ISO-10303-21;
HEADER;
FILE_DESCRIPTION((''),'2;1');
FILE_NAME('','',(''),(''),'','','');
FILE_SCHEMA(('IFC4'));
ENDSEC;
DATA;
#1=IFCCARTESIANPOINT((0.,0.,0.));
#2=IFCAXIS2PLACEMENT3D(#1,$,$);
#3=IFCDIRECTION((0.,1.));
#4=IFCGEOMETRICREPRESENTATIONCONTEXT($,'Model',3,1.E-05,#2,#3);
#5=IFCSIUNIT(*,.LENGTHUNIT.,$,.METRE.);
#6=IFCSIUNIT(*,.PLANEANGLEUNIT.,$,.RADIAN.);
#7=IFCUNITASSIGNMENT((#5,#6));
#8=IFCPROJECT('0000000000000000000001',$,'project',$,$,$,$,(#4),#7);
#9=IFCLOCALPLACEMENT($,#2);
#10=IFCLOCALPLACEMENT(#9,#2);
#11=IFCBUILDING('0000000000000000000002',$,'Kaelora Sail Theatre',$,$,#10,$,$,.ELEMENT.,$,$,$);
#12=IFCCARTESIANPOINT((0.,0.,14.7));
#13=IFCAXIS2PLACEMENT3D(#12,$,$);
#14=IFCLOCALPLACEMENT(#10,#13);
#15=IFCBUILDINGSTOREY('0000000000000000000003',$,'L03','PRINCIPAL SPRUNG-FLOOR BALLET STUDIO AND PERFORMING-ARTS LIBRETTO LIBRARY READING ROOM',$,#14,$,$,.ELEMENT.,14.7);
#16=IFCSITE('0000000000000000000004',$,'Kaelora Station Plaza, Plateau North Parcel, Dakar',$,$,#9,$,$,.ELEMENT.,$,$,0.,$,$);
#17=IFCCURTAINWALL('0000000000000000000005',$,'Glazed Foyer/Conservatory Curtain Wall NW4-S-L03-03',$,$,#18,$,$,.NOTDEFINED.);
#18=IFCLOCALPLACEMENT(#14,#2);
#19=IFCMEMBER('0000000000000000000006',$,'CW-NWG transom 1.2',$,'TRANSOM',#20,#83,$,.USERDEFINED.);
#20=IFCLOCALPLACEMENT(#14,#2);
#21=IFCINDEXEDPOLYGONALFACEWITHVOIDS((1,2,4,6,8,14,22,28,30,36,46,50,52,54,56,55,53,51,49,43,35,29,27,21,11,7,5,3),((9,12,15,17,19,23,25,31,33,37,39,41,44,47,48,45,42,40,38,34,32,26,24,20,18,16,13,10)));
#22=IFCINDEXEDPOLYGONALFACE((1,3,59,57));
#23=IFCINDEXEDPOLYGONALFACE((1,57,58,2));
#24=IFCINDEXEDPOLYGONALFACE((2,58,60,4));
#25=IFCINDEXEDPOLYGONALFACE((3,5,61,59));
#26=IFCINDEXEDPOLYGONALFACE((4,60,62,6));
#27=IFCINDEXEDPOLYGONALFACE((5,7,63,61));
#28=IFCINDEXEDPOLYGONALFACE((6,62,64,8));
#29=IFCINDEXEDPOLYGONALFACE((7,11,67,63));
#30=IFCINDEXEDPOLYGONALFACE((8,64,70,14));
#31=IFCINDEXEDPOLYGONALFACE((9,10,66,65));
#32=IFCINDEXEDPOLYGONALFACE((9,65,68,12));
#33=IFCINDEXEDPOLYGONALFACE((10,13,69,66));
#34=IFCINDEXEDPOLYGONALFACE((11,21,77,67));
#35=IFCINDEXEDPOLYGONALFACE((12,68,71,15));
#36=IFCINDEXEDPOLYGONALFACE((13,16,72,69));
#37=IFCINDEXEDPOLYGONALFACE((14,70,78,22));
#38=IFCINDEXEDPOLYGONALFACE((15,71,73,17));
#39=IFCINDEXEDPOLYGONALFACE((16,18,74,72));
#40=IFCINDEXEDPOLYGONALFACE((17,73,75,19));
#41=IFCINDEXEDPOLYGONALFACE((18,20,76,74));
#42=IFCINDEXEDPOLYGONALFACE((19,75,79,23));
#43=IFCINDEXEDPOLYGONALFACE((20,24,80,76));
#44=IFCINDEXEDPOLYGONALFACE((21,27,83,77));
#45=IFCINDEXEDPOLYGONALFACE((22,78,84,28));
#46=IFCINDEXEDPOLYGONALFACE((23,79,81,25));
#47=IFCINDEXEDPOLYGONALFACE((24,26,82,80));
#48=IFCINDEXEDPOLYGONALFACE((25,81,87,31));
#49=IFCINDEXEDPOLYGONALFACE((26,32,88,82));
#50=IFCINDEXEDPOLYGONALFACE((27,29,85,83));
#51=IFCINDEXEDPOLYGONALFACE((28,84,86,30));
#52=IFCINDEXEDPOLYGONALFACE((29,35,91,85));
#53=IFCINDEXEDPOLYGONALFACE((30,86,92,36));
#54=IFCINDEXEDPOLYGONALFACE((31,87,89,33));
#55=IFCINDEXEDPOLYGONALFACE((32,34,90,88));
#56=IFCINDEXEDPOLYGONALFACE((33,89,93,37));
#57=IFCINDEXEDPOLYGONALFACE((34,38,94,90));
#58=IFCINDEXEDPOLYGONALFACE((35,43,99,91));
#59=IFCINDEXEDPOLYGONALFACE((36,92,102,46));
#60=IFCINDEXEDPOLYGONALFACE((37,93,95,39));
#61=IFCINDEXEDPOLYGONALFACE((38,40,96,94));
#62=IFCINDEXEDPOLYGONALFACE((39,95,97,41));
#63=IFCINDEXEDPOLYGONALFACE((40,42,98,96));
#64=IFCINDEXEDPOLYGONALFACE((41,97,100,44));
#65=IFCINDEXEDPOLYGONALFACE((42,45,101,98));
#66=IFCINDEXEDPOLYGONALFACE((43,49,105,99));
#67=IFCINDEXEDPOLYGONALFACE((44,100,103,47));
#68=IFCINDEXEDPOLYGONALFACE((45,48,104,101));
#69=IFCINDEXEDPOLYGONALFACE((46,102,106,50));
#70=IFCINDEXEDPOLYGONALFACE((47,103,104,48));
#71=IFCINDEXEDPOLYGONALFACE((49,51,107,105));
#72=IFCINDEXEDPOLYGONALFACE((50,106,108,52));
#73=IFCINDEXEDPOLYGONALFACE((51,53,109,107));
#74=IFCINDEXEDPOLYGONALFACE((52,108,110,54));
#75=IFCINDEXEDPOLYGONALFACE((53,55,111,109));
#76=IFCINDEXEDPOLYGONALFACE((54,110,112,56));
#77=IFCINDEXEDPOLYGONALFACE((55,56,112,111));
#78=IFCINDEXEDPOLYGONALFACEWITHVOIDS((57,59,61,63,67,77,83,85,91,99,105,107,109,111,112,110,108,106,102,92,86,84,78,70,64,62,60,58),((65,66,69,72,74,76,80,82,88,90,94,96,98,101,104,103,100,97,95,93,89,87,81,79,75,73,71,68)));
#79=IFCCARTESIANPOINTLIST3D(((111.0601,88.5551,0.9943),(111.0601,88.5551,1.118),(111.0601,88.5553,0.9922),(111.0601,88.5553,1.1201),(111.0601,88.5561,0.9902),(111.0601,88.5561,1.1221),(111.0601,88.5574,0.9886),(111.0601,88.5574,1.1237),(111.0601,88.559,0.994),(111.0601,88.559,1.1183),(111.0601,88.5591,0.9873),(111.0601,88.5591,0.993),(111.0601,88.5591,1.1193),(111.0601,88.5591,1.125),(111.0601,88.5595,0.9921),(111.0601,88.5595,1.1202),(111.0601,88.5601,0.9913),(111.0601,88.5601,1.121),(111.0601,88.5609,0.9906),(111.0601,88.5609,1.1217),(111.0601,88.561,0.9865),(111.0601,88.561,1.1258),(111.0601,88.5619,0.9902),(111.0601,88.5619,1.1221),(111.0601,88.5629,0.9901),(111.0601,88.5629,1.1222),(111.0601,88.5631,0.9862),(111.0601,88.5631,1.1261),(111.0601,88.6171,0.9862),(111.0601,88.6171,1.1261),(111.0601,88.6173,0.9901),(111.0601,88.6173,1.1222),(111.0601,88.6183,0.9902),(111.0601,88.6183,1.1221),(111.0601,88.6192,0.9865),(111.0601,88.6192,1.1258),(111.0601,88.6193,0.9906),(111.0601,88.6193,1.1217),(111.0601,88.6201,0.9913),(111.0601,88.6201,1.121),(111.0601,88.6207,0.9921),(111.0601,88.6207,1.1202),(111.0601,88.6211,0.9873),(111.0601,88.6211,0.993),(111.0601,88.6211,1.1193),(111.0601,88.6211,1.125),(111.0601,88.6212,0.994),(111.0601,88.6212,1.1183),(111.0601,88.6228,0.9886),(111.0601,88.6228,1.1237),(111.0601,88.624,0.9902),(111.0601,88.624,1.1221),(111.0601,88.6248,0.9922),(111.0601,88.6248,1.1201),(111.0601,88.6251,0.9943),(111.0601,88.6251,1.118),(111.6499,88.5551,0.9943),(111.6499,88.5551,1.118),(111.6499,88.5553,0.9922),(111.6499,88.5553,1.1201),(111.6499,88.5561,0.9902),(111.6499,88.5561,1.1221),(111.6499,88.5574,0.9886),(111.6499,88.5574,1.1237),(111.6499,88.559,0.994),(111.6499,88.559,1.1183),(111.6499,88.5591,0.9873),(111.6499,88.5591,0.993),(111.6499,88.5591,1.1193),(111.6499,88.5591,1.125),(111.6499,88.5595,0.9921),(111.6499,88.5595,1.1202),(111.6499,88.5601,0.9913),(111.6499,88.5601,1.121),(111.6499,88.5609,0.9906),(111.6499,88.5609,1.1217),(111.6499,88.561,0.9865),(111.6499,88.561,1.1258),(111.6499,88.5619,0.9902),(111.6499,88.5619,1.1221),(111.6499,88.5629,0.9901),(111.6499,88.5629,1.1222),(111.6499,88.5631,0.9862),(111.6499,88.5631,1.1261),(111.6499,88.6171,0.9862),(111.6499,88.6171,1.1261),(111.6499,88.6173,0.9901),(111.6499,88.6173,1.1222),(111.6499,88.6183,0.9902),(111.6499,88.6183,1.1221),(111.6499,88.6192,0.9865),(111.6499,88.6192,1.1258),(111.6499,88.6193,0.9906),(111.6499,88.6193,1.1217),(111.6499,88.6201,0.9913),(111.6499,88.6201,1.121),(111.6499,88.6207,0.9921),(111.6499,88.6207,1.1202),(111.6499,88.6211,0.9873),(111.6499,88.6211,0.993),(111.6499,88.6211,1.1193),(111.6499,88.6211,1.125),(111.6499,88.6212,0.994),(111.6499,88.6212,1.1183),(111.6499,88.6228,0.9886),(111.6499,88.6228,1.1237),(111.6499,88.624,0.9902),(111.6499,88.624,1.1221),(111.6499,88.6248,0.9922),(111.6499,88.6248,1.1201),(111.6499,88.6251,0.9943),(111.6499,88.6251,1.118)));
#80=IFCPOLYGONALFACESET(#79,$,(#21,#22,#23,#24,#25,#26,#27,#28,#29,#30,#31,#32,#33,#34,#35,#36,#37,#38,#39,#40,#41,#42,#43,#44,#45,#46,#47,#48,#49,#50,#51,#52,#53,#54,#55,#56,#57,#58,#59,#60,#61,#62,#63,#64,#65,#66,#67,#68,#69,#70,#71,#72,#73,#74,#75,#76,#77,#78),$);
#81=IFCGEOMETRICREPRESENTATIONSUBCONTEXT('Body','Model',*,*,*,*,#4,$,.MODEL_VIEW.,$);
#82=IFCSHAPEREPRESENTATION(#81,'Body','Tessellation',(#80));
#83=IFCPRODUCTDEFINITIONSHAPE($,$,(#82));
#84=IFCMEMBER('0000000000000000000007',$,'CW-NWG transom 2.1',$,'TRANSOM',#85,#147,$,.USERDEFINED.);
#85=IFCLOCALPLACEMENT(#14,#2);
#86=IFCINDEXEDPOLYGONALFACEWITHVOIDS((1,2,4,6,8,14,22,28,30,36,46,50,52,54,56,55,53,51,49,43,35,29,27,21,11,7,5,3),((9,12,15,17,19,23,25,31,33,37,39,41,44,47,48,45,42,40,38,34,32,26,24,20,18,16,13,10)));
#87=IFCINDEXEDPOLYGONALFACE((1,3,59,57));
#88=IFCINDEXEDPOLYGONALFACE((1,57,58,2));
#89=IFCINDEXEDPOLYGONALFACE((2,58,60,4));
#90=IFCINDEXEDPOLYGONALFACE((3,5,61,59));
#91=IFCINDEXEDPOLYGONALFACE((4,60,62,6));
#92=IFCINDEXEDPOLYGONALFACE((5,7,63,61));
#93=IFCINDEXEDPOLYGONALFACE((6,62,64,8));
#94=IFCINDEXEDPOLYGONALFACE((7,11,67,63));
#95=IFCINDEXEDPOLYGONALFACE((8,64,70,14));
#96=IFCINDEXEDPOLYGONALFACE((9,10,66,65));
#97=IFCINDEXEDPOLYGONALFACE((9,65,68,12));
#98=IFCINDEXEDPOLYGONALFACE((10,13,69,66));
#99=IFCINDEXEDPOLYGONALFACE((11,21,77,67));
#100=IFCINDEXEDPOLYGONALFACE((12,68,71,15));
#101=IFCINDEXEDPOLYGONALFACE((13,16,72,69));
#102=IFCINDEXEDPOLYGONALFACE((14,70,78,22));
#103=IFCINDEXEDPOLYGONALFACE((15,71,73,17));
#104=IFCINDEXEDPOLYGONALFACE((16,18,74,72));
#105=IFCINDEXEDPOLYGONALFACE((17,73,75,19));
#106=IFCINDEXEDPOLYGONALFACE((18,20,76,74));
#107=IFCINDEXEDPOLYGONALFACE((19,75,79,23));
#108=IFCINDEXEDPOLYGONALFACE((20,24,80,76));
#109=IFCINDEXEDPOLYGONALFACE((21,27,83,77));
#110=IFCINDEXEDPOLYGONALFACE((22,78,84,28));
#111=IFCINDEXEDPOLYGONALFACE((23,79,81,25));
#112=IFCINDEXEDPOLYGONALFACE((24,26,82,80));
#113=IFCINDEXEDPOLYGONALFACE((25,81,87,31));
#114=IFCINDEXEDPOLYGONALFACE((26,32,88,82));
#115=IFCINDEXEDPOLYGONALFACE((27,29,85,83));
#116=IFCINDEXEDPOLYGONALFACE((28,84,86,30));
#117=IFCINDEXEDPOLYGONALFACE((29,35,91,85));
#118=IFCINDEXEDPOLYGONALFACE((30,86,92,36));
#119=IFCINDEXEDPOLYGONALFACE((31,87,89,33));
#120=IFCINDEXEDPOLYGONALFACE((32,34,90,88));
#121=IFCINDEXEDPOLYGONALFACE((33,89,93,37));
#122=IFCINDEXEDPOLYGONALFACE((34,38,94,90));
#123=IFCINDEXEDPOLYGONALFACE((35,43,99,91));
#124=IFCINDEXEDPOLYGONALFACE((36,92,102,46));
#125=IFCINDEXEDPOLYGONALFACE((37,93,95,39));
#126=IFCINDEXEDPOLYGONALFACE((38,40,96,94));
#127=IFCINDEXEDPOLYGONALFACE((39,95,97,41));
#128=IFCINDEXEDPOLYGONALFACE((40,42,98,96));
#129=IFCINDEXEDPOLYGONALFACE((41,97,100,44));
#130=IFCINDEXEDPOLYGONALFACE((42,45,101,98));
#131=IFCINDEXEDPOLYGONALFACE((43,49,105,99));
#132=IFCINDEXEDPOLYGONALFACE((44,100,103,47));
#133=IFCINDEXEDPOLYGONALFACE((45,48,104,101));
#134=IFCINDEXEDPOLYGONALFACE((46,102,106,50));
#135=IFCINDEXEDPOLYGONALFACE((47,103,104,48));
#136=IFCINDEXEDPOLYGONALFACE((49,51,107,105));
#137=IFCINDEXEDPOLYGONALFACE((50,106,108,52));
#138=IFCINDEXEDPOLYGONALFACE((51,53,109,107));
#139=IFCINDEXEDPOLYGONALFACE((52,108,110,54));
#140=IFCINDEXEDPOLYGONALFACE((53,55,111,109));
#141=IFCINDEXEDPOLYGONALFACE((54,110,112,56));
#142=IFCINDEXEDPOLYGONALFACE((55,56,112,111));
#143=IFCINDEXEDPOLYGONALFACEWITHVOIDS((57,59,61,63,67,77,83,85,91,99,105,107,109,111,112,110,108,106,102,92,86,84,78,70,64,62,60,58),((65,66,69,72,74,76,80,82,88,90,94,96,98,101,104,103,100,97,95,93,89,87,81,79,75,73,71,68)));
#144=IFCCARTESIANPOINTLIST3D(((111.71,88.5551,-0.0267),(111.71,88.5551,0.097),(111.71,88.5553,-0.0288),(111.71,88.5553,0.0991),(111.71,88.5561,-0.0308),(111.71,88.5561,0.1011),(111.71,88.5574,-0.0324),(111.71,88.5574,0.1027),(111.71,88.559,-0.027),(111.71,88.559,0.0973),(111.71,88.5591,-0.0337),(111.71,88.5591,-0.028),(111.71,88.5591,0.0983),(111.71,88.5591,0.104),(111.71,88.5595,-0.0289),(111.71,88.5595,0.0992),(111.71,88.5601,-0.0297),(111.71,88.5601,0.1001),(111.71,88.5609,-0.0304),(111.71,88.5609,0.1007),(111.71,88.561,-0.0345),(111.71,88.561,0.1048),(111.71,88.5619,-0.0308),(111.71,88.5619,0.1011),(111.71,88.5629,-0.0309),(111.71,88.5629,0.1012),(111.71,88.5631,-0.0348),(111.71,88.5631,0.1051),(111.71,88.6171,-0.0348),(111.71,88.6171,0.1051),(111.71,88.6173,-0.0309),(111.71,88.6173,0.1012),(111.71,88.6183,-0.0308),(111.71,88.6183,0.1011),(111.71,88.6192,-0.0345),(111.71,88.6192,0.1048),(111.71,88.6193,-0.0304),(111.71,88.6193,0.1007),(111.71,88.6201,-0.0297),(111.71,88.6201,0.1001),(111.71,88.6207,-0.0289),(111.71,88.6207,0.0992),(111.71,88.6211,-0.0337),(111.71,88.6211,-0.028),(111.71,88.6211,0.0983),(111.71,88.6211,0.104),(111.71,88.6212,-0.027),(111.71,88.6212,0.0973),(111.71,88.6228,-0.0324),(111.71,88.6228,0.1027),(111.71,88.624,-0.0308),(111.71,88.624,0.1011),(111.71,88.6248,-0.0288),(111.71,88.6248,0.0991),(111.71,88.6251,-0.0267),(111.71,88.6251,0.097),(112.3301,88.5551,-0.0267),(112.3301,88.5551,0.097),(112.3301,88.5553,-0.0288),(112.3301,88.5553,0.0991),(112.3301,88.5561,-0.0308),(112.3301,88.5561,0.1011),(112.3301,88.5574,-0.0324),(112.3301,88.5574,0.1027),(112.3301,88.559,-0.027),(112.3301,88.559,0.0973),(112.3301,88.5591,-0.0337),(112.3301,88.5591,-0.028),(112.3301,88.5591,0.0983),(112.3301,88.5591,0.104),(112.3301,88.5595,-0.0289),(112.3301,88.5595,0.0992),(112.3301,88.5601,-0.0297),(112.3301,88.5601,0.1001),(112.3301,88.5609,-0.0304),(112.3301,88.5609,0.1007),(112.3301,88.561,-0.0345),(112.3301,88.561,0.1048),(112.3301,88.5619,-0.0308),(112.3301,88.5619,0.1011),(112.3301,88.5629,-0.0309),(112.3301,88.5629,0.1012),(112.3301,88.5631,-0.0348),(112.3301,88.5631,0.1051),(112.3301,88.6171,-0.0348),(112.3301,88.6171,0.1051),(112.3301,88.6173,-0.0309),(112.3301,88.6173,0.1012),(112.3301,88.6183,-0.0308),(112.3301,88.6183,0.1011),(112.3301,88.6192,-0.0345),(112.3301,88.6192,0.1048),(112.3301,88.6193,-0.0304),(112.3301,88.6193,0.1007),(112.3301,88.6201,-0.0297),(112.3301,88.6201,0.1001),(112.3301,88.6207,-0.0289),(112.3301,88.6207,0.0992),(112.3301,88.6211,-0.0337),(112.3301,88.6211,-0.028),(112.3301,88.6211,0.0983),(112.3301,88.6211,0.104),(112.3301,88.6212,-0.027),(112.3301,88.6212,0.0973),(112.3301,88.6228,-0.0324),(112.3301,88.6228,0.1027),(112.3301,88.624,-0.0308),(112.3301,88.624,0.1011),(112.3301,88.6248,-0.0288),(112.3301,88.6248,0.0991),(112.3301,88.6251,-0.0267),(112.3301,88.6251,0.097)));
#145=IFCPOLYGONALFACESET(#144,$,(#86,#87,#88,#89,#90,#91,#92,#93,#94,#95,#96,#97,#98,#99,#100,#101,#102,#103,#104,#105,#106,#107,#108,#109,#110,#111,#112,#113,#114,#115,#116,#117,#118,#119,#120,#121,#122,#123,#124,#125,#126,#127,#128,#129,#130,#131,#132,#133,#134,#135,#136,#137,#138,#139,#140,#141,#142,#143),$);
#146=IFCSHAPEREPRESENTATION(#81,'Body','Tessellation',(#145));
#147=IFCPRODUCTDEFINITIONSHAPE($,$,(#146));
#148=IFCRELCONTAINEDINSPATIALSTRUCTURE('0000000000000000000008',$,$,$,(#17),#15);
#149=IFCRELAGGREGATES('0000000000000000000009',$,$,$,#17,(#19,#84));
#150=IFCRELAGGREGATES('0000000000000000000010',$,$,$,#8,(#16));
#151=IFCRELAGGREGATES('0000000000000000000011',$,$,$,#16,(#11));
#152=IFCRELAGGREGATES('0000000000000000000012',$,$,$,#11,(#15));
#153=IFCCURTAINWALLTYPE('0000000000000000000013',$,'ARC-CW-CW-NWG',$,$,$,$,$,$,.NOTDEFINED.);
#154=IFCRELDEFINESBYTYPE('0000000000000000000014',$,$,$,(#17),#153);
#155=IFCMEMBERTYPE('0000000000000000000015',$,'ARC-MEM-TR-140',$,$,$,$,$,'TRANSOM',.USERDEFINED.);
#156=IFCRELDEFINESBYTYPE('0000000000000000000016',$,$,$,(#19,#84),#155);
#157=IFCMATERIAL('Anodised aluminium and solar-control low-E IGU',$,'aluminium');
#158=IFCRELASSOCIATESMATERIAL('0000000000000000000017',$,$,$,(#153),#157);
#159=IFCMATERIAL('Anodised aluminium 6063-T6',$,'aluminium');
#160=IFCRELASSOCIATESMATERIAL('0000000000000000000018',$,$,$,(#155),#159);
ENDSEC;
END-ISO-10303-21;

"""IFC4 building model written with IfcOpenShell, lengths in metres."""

from ifc_helpers import new_model, si_unit, direction, frame, origin, origin_2d, place, context, subcontext, project, spatial, hollow_rectangle, extrude, material, material_profile, profile_set, type_object, element, aggregate, save


model = new_model("IFC4")

# Units and contexts
model_context = context("Model", 3, precision=1e-05, world=origin(), true_north=direction((0.0, 1.0)))
body_context = subcontext(model_context, "Body", "Model", "MODEL_VIEW")
ifc_project = project(units=[si_unit("LENGTHUNIT", "METRE"), si_unit("PLANEANGLEUNIT", "RADIAN")], contexts=[model_context])

# Site, building, storey
site_placement = place(None, origin())
site = spatial("IfcSite", under=ifc_project, at=site_placement, Name="Kaelora Station Plaza, Plateau North Parcel, Dakar", CompositionType="ELEMENT", RefElevation=0.0)
building_placement = place(site_placement, origin())
building = spatial("IfcBuilding", under=site, at=building_placement, Name="Kaelora Sail Theatre", CompositionType="ELEMENT")
storey_placement = place(building_placement, frame((0.0, 0.0, 14.7)))
storey = spatial("IfcBuildingStorey", under=building, at=storey_placement, Name="L03", Description="PRINCIPAL SPRUNG-FLOOR BALLET STUDIO AND PERFORMING-ARTS LIBRETTO LIBRARY READING ROOM", CompositionType="ELEMENT", Elevation=14.7)

# Curtain wall
ifc_material_1 = material(Name="Anodised aluminium and solar-control low-E IGU", Category="aluminium")
curtain_wall_type = type_object("IfcCurtainWallType", Name="ARC-CW-CW-NWG", PredefinedType="NOTDEFINED", material=ifc_material_1)
curtain_wall_1_placement = place(storey_placement, origin())
curtain_wall_1 = element("IfcCurtainWall", 1, at=curtain_wall_1_placement, inside=storey, type_object=curtain_wall_type, Name="Glazed Foyer/Conservatory Curtain Wall NW4-S-L03-03", PredefinedType="NOTDEFINED")

# Members
ifc_material_2 = material(Name="Anodised aluminium 6063-T6", Category="aluminium")
ifc_material_profile_1 = material_profile(ifc_material_2, hollow_rectangle(XDim=0.0701, YDim=0.1399, WallThickness=0.0039, InnerFilletRadius=0.0039, OuterFilletRadius=0.0081, at=origin_2d()), Name="ALU-TRAN 70x140x4")
ifc_profile_set_1 = profile_set([ifc_material_profile_1], Name="Anodised aluminium 6063-T6")
member_type_1 = type_object("IfcMemberType", Name="ARC-MEM-TR-140", ElementType="TRANSOM", PredefinedType="USERDEFINED", material=ifc_profile_set_1)
member_1_placement = place(storey_placement, frame((111.0601, 88.5901, 1.0562), z_axis=(1.0, 0.0, 0.0), x_axis=(0.0, 1.0, 0.0)))
member_1 = element("IfcMember", 2, at=member_1_placement, type_object=member_type_1, Name="CW-NWG transom 1.2", ObjectType="TRANSOM", PredefinedType="USERDEFINED", context=body_context, shape_type="SweptSolid", body=[
    extrude(hollow_rectangle(XDim=0.0701, YDim=0.1399, WallThickness=0.0039, InnerFilletRadius=0.0039, OuterFilletRadius=0.0081, at=origin_2d()), origin(), (0.0, 0.0, 1.0), 0.5898),
])
member_2_placement = place(storey_placement, frame((111.71, 88.5901, 0.0352), z_axis=(1.0, 0.0, 0.0), x_axis=(0.0, 1.0, 0.0)))
member_2 = element("IfcMember", 3, at=member_2_placement, type_object=member_type_1, Name="CW-NWG transom 2.1", ObjectType="TRANSOM", PredefinedType="USERDEFINED", context=body_context, shape_type="SweptSolid", body=[
    extrude(hollow_rectangle(XDim=0.0701, YDim=0.1399, WallThickness=0.0039, InnerFilletRadius=0.0039, OuterFilletRadius=0.0081, at=origin_2d()), origin(), (0.0, 0.0, 1.0), 0.6201),
])

aggregate(curtain_wall_1, [member_1, member_2])

save(model, "model.ifc")
